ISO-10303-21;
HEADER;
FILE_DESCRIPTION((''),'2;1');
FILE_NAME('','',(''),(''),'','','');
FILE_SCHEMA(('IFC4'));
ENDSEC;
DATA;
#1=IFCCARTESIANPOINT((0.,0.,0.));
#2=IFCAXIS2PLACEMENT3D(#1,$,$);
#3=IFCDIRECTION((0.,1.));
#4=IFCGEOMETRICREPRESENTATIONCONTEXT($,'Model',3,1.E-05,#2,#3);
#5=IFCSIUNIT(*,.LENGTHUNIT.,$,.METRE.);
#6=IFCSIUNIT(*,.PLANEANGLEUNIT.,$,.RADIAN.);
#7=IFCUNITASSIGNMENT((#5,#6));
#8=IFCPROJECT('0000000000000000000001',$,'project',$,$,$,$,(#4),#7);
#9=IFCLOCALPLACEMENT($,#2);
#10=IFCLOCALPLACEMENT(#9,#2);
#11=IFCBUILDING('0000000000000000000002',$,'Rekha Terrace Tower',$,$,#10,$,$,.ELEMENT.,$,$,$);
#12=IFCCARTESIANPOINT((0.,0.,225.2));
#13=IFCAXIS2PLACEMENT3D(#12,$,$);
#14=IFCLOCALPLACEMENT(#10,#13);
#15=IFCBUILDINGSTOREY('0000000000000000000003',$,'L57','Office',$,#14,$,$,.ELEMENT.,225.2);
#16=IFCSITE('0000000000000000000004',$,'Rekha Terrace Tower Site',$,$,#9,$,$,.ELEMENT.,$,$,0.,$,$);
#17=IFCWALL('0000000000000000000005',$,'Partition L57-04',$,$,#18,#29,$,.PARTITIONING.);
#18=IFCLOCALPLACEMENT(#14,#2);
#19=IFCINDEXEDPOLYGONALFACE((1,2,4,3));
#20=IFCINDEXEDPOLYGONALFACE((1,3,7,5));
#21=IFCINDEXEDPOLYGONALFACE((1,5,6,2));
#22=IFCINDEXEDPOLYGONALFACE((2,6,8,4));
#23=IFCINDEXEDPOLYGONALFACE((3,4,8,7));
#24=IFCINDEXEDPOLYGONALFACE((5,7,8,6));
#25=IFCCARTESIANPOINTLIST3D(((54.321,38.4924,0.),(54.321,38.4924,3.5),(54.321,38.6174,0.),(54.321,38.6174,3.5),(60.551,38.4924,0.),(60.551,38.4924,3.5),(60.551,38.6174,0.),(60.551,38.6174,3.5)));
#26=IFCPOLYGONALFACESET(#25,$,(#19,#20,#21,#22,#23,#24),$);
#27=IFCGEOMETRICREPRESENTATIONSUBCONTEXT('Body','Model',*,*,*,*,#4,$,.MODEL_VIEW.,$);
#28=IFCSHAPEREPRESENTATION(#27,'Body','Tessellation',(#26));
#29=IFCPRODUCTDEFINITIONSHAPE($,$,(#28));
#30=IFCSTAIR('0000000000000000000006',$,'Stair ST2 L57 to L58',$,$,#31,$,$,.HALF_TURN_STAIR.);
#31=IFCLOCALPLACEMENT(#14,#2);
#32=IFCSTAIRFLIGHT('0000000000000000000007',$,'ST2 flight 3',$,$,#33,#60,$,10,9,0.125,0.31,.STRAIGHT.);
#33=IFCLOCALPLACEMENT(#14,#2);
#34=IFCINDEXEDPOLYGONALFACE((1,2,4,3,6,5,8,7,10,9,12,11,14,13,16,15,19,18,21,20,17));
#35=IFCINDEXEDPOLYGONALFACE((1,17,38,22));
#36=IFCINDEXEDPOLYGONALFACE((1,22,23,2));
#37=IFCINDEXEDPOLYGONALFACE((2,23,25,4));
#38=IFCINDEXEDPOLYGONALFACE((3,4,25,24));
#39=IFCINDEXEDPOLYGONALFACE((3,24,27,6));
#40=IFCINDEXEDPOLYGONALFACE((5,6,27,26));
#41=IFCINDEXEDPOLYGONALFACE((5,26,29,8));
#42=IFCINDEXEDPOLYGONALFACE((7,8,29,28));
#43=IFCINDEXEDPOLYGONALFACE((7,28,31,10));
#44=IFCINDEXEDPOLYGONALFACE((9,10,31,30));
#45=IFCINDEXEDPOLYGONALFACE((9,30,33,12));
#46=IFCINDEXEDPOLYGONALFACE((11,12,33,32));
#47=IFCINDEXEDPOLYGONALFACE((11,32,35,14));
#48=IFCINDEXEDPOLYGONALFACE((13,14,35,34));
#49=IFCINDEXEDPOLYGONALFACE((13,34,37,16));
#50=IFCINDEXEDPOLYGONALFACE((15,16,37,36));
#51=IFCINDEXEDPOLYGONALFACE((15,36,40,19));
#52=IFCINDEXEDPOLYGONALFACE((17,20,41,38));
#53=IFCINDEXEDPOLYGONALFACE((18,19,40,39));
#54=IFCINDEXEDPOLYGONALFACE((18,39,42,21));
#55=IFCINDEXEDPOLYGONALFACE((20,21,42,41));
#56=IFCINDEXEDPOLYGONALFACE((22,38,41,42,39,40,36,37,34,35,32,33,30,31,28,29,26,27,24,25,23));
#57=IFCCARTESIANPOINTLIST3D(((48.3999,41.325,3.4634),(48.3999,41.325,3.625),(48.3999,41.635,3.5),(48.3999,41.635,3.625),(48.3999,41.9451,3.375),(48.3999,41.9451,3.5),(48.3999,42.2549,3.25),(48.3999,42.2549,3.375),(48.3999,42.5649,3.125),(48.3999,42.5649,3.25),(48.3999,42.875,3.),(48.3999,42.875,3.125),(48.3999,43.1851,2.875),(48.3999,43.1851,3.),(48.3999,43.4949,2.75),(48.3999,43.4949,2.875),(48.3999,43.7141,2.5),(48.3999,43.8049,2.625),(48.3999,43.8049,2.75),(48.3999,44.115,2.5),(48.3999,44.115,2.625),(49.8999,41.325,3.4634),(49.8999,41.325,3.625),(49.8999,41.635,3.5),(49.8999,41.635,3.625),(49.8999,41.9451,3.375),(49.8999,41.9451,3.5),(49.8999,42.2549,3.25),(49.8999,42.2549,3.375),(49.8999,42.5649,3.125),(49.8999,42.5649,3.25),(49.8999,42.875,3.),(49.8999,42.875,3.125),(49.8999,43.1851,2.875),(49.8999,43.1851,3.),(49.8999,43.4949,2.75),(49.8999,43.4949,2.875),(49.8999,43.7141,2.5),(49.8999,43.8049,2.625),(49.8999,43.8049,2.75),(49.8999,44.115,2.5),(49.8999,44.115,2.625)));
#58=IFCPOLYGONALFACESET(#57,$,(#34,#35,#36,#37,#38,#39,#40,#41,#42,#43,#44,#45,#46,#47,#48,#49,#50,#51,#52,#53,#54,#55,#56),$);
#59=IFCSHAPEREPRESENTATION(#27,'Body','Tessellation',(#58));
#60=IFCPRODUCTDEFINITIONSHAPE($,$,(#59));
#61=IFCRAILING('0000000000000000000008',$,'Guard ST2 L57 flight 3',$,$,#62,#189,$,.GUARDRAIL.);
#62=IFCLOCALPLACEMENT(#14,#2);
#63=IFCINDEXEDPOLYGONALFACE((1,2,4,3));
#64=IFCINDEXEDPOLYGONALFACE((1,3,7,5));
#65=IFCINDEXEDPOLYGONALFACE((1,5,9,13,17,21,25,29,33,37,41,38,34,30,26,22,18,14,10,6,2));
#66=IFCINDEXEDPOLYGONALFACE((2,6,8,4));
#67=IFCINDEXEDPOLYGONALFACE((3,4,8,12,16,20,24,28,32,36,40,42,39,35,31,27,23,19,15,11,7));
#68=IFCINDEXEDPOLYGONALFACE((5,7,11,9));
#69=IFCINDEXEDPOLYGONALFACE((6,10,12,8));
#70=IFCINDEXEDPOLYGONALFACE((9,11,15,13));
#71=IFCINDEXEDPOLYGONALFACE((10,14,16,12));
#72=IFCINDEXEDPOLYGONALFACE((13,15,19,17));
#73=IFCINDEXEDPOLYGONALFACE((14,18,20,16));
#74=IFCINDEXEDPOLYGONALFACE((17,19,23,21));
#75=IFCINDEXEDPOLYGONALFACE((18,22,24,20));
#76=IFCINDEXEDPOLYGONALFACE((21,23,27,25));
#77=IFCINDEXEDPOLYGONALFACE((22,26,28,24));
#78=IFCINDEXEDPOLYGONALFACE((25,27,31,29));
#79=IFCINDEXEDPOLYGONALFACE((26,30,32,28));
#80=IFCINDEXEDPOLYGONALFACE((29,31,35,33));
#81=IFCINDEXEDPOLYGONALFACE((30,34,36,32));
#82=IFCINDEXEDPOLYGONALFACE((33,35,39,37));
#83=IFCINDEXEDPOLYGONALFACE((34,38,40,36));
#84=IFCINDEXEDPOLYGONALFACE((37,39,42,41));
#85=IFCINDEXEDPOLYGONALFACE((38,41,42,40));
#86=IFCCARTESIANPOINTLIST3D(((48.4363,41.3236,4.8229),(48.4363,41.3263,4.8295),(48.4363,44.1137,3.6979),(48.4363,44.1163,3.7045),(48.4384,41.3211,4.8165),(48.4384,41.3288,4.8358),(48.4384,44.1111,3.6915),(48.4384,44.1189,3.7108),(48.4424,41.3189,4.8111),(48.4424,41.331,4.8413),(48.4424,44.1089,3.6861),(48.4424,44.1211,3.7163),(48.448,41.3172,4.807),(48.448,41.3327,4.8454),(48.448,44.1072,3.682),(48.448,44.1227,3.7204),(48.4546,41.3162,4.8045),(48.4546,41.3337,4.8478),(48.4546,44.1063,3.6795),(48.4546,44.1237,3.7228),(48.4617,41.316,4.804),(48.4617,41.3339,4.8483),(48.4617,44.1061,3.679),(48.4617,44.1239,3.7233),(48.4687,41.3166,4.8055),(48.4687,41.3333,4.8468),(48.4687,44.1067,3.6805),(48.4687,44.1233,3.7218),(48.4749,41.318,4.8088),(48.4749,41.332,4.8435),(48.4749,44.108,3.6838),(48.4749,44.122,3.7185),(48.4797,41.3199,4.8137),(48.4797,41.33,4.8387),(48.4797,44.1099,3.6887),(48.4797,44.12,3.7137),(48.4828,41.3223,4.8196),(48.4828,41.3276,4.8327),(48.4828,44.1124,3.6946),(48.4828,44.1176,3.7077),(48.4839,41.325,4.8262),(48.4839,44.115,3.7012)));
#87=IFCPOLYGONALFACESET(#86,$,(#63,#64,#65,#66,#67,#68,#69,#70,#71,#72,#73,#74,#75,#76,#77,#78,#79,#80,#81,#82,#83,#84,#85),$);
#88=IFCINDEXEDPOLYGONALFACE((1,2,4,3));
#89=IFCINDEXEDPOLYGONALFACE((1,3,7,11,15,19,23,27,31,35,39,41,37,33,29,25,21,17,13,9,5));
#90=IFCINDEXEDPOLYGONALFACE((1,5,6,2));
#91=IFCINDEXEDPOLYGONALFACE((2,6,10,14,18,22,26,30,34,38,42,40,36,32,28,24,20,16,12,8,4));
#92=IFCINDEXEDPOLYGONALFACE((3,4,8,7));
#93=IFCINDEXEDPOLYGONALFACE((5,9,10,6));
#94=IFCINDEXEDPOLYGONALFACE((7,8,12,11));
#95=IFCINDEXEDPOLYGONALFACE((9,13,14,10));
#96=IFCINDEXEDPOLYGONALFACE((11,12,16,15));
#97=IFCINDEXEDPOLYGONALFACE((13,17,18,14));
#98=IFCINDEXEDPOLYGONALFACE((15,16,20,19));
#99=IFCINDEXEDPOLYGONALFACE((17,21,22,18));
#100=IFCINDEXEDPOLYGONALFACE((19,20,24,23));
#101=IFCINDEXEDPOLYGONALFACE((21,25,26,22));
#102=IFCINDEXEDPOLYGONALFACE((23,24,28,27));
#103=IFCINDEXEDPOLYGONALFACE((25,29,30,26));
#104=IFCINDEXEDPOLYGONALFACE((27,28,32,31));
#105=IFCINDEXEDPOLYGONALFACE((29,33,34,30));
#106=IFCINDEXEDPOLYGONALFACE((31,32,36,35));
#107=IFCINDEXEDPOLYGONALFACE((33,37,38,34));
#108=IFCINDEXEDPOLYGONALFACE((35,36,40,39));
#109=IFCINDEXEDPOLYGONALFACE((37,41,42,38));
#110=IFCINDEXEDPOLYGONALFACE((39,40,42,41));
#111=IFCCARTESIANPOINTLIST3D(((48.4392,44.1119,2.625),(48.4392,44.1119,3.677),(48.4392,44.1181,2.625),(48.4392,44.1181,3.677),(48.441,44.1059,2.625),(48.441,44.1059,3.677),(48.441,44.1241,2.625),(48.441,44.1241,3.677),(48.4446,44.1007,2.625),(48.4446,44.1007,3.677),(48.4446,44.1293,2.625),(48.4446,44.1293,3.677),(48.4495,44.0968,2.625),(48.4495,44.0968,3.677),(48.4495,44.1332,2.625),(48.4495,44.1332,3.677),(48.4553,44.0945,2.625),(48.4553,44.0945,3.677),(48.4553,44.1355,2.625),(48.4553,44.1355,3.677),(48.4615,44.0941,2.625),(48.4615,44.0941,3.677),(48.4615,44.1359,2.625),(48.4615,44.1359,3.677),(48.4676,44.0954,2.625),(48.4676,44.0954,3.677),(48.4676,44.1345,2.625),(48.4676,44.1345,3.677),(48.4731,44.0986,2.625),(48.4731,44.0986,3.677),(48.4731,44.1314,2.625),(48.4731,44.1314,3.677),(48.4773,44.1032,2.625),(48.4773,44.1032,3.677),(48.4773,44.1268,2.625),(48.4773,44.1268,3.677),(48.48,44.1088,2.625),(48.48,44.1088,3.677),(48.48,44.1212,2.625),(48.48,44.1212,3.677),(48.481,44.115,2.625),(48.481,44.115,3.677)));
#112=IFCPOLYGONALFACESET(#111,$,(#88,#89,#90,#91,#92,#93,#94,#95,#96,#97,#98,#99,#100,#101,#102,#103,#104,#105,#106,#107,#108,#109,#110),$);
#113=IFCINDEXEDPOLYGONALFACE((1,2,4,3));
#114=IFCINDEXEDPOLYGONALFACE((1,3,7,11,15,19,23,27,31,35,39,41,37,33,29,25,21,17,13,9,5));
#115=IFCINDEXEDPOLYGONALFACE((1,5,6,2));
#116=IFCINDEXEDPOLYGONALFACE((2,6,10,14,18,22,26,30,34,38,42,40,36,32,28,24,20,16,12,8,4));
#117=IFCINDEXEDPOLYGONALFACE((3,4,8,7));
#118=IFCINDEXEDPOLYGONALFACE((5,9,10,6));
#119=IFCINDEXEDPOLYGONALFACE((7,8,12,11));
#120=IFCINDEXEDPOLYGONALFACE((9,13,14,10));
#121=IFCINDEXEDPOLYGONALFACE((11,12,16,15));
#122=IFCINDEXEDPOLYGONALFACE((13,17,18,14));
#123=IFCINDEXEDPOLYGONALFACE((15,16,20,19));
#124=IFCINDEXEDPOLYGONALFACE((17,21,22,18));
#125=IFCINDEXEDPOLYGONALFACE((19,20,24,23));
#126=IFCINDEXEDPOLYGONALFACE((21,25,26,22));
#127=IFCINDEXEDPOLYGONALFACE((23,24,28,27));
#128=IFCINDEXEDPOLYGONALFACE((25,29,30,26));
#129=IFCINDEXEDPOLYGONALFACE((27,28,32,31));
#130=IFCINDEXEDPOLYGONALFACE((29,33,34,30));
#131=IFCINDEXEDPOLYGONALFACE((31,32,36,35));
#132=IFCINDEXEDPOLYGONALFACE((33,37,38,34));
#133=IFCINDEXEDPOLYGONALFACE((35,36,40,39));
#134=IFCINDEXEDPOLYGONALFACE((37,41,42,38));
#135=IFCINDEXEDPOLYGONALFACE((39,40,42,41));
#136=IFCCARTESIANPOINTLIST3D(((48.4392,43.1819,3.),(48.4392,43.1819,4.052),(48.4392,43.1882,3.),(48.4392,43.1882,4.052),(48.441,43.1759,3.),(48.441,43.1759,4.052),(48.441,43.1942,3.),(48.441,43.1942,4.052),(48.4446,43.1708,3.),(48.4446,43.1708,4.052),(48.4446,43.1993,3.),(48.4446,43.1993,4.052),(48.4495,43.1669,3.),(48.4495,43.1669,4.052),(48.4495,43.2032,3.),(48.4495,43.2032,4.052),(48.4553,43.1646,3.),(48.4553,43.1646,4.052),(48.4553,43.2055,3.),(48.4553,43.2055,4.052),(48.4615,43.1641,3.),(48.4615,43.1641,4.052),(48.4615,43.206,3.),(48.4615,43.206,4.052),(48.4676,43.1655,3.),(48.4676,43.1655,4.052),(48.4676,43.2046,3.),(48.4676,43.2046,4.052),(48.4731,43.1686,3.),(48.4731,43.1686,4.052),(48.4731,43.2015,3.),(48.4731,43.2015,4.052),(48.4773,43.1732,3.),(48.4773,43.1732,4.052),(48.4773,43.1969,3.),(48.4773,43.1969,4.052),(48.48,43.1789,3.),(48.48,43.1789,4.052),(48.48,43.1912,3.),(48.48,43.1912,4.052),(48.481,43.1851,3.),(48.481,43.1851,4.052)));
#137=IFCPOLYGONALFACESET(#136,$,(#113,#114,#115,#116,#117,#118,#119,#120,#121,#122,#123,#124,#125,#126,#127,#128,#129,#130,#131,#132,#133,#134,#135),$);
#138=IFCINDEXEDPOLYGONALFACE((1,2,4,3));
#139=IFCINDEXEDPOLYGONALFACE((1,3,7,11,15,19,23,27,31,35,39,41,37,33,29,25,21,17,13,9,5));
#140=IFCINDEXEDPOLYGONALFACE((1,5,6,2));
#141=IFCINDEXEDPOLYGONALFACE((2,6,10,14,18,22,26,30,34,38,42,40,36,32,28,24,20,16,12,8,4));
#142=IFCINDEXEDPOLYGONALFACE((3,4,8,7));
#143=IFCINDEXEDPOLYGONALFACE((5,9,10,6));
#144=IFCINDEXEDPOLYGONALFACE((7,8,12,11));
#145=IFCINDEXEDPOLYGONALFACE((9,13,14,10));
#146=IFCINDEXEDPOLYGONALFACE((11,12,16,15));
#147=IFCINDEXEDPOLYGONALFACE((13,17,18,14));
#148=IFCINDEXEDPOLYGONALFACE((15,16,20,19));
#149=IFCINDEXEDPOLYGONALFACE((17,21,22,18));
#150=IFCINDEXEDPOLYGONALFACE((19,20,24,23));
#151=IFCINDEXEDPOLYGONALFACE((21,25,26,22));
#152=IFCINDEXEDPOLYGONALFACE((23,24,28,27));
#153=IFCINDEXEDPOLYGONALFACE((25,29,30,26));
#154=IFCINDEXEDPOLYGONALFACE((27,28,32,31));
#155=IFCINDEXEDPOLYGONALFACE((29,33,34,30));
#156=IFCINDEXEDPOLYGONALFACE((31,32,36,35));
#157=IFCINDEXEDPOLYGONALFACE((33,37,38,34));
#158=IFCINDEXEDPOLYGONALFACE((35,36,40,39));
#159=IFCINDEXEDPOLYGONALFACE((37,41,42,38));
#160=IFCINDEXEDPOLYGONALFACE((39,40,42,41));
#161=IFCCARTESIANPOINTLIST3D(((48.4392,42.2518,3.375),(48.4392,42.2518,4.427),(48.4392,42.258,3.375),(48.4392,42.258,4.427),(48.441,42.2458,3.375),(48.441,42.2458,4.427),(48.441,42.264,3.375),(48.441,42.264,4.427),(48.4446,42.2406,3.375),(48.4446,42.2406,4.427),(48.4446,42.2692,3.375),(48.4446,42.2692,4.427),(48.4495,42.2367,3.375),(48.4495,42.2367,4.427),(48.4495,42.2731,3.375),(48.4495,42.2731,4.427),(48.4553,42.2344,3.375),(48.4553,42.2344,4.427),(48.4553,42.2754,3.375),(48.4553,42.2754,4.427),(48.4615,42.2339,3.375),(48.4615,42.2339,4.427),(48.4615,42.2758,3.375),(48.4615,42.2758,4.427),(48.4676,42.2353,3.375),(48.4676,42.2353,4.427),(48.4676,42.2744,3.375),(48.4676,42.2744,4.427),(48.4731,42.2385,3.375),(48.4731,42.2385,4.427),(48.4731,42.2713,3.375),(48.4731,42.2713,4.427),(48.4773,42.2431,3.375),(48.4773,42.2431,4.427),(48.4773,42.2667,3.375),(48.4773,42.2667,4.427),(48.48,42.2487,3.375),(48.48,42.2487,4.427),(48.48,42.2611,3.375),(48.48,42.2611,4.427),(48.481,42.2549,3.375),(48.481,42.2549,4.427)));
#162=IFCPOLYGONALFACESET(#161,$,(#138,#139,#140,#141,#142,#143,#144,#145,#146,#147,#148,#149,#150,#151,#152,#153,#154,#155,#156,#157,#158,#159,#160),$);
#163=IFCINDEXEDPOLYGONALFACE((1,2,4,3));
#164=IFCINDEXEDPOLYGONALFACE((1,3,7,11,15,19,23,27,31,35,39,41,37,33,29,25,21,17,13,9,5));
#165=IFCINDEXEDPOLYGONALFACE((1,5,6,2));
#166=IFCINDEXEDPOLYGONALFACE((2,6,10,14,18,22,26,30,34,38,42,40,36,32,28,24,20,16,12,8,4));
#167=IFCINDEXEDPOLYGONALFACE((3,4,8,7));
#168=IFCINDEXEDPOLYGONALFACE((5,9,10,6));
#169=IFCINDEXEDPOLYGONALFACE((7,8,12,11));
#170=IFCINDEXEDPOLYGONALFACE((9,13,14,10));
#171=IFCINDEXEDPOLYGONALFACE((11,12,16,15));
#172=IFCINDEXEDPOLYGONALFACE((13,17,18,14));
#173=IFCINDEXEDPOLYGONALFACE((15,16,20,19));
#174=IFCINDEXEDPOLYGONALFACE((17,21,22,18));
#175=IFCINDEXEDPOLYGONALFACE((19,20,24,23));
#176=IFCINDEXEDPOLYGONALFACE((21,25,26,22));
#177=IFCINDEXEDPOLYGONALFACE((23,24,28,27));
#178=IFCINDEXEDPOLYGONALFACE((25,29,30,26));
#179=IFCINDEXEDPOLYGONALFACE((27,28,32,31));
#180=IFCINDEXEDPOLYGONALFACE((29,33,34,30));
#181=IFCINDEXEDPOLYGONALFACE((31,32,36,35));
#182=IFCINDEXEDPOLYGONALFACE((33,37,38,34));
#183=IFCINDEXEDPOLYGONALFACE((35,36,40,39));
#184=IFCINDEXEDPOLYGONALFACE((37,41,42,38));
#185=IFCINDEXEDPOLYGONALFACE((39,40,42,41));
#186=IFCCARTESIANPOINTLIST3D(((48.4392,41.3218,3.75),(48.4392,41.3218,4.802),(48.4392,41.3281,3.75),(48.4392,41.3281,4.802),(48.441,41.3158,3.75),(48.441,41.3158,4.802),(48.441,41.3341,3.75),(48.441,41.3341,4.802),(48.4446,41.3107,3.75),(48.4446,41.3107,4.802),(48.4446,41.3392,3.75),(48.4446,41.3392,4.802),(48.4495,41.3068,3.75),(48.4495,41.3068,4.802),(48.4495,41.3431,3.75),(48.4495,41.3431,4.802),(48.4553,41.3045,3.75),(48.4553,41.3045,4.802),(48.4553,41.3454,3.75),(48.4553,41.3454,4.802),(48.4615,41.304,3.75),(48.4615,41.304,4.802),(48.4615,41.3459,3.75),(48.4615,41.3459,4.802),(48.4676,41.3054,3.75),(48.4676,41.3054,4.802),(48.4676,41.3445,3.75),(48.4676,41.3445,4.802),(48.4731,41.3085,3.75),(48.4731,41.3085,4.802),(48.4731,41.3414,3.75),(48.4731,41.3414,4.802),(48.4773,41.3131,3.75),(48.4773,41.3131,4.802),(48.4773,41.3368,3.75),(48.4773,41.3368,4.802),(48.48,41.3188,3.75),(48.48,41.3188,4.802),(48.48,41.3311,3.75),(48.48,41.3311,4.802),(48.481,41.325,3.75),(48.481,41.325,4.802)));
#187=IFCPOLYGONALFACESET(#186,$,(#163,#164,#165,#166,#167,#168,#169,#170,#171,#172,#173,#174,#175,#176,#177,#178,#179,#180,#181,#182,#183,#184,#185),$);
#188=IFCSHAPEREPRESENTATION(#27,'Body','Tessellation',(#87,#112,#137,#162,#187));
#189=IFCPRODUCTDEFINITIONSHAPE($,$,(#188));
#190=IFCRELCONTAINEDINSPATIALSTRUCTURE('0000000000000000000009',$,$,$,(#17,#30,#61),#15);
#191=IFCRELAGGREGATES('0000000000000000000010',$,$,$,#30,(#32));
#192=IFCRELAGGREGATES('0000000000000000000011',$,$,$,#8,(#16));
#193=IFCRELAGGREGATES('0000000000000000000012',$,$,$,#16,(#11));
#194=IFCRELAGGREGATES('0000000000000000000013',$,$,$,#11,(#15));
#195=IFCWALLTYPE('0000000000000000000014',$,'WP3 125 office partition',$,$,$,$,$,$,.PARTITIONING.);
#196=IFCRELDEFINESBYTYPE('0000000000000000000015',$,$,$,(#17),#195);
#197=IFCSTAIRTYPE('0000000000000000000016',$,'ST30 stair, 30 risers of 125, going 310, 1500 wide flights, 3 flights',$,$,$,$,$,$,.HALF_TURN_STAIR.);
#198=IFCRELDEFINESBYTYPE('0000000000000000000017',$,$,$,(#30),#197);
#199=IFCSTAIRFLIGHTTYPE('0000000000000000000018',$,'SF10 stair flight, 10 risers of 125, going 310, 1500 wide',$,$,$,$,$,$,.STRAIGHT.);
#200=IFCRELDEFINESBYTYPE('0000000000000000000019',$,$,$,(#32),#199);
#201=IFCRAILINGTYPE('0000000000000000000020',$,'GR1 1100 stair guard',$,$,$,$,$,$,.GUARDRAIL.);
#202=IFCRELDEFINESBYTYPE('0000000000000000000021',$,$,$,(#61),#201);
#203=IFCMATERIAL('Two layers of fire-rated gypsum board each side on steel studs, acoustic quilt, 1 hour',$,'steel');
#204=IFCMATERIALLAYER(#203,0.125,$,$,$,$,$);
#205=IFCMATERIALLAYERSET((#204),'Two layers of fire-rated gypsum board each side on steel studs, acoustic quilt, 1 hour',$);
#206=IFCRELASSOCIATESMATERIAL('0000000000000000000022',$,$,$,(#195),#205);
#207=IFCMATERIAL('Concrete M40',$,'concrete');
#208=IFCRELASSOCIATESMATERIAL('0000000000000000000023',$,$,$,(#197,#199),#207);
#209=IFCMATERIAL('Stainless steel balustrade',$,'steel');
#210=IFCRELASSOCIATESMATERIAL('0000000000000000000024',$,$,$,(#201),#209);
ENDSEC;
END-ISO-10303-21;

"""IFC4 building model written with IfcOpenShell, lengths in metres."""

from ifc_helpers import new_model, si_unit, direction, frame, frame_2d, origin, origin_2d, place, context, subcontext, project, spatial, polyline, rectangle, circle, outline, extrude, material, layer, layer_set, type_object, element, aggregate, save


model = new_model("IFC4")

# Units and contexts
model_context = context("Model", 3, precision=1e-05, world=origin(), true_north=direction((0.0, 1.0)))
body_context = subcontext(model_context, "Body", "Model", "MODEL_VIEW")
ifc_project = project(units=[si_unit("LENGTHUNIT", "METRE"), si_unit("PLANEANGLEUNIT", "RADIAN")], contexts=[model_context])

# Site, building, storey
site_placement = place(None, origin())
site = spatial("IfcSite", under=ifc_project, at=site_placement, Name="Rekha Terrace Tower Site", CompositionType="ELEMENT", RefElevation=0.0)
building_placement = place(site_placement, origin())
building = spatial("IfcBuilding", under=site, at=building_placement, Name="Rekha Terrace Tower", CompositionType="ELEMENT")
storey_placement = place(building_placement, frame((0.0, 0.0, 225.2)))
storey = spatial("IfcBuildingStorey", under=building, at=storey_placement, Name="L57", Description="Office", CompositionType="ELEMENT", Elevation=225.2)

# Shared definitions
ifc_material_1 = material(Name="Two layers of fire-rated gypsum board each side on steel studs, acoustic quilt, 1 hour", Category="steel")
ifc_layer_1 = layer(ifc_material_1, 0.125)
ifc_layer_set_1 = layer_set([ifc_layer_1], Name="Two layers of fire-rated gypsum board each side on steel studs, acoustic quilt, 1 hour")
wall_type_1 = type_object("IfcWallType", Name="WP3 125 office partition", PredefinedType="PARTITIONING", material=ifc_layer_set_1)

# Wall
wall_1_placement = place(storey_placement, frame((54.321, 38.5549, 0.0), z_axis=(0.0, 0.0, 1.0), x_axis=(1.0, 0.0, 0.0)))
element("IfcWall", 1, at=wall_1_placement, inside=storey, type_object=wall_type_1, Name="Partition L57-04", PredefinedType="PARTITIONING", context=body_context, shape_type="SweptSolid", body=[
    extrude(rectangle(XDim=6.23, YDim=0.125, at=frame_2d((3.115, 0.0))), origin(), (0.0, 0.0, 1.0), 3.5),
])

# Stair, stair flight
ifc_material_2 = material(Name="Concrete M40", Category="concrete")
stair_type = type_object("IfcStairType", Name="ST30 stair, 30 risers of 125, going 310, 1500 wide flights, 3 flights", PredefinedType="HALF_TURN_STAIR", material=ifc_material_2)
stair_placement = place(storey_placement, origin())
stair = element("IfcStair", 2, at=stair_placement, inside=storey, type_object=stair_type, Name="Stair ST2 L57 to L58", PredefinedType="HALF_TURN_STAIR")
stair_flight_type = type_object("IfcStairFlightType", Name="SF10 stair flight, 10 risers of 125, going 310, 1500 wide", PredefinedType="STRAIGHT", material=ifc_material_2)
stair_flight_placement = place(storey_placement, frame((49.1499, 44.115, 2.5), z_axis=(0.0, 0.0, 1.0), x_axis=(0.0, -1.0, 0.0)))
stair_flight = element("IfcStairFlight", 3, at=stair_flight_placement, type_object=stair_flight_type, Name="ST2 flight 3", NumberOfRisers=10, NumberOfTreads=9, PredefinedType="STRAIGHT", RiserHeight=0.125, TreadLength=0.31, context=body_context, shape_type="SweptSolid", body=[
    extrude(outline(polyline([(0.0, 0.0), (0.0, 0.125), (0.3101, 0.125), (0.3101, 0.25), (0.6201, 0.25), (0.6201, 0.375), (0.9299, 0.375), (0.9299, 0.5), (1.24, 0.5), (1.24, 0.625), (1.55, 0.625), (1.55, 0.75), (1.8601, 0.75), (1.8601, 0.875), (2.1699, 0.875), (2.1699, 1.0), (2.48, 1.0), (2.48, 1.125), (2.79, 1.125), (2.79, 1.25), (2.79, 0.9634), (0.4009, 0.0), (0.0, 0.0)])), frame((0.0, 0.75, 0.0), z_axis=(0.0, -1.0, 0.0), x_axis=(1.0, 0.0, 0.0)), (0.0, 0.0, 1.0), 1.5),
])
aggregate(stair, [stair_flight])

# Railing
ifc_material_3 = material(Name="Stainless steel balustrade", Category="steel")
railing_type_1 = type_object("IfcRailingType", Name="GR1 1100 stair guard", PredefinedType="GUARDRAIL", material=ifc_material_3)
railing_1_placement = place(storey_placement, frame((48.46, 44.115, 2.625)))
element("IfcRailing", 4, at=railing_1_placement, inside=storey, type_object=railing_type_1, Name="Guard ST2 L57 flight 3", PredefinedType="GUARDRAIL", context=body_context, shape_type="SweptSolid", body=[
    extrude(circle(Radius=0.0239, at=origin_2d()), frame((0.0, 0.0, 1.0762), z_axis=(0.0, -0.927443, 0.373964), x_axis=(1.0, 0.0, 0.0)), (0.0, 0.0, 1.0), 3.0083),
    extrude(circle(Radius=0.021, at=origin_2d()), origin(), (0.0, 0.0, 1.0), 1.052),
    extrude(circle(Radius=0.021, at=origin_2d()), frame((0.0, -0.9299, 0.375)), (0.0, 0.0, 1.0), 1.052),
    extrude(circle(Radius=0.021, at=origin_2d()), frame((0.0, -1.8601, 0.75)), (0.0, 0.0, 1.0), 1.052),
    extrude(circle(Radius=0.021, at=origin_2d()), frame((0.0, -2.79, 1.125)), (0.0, 0.0, 1.0), 1.052),
])

save(model, "model.ifc")
